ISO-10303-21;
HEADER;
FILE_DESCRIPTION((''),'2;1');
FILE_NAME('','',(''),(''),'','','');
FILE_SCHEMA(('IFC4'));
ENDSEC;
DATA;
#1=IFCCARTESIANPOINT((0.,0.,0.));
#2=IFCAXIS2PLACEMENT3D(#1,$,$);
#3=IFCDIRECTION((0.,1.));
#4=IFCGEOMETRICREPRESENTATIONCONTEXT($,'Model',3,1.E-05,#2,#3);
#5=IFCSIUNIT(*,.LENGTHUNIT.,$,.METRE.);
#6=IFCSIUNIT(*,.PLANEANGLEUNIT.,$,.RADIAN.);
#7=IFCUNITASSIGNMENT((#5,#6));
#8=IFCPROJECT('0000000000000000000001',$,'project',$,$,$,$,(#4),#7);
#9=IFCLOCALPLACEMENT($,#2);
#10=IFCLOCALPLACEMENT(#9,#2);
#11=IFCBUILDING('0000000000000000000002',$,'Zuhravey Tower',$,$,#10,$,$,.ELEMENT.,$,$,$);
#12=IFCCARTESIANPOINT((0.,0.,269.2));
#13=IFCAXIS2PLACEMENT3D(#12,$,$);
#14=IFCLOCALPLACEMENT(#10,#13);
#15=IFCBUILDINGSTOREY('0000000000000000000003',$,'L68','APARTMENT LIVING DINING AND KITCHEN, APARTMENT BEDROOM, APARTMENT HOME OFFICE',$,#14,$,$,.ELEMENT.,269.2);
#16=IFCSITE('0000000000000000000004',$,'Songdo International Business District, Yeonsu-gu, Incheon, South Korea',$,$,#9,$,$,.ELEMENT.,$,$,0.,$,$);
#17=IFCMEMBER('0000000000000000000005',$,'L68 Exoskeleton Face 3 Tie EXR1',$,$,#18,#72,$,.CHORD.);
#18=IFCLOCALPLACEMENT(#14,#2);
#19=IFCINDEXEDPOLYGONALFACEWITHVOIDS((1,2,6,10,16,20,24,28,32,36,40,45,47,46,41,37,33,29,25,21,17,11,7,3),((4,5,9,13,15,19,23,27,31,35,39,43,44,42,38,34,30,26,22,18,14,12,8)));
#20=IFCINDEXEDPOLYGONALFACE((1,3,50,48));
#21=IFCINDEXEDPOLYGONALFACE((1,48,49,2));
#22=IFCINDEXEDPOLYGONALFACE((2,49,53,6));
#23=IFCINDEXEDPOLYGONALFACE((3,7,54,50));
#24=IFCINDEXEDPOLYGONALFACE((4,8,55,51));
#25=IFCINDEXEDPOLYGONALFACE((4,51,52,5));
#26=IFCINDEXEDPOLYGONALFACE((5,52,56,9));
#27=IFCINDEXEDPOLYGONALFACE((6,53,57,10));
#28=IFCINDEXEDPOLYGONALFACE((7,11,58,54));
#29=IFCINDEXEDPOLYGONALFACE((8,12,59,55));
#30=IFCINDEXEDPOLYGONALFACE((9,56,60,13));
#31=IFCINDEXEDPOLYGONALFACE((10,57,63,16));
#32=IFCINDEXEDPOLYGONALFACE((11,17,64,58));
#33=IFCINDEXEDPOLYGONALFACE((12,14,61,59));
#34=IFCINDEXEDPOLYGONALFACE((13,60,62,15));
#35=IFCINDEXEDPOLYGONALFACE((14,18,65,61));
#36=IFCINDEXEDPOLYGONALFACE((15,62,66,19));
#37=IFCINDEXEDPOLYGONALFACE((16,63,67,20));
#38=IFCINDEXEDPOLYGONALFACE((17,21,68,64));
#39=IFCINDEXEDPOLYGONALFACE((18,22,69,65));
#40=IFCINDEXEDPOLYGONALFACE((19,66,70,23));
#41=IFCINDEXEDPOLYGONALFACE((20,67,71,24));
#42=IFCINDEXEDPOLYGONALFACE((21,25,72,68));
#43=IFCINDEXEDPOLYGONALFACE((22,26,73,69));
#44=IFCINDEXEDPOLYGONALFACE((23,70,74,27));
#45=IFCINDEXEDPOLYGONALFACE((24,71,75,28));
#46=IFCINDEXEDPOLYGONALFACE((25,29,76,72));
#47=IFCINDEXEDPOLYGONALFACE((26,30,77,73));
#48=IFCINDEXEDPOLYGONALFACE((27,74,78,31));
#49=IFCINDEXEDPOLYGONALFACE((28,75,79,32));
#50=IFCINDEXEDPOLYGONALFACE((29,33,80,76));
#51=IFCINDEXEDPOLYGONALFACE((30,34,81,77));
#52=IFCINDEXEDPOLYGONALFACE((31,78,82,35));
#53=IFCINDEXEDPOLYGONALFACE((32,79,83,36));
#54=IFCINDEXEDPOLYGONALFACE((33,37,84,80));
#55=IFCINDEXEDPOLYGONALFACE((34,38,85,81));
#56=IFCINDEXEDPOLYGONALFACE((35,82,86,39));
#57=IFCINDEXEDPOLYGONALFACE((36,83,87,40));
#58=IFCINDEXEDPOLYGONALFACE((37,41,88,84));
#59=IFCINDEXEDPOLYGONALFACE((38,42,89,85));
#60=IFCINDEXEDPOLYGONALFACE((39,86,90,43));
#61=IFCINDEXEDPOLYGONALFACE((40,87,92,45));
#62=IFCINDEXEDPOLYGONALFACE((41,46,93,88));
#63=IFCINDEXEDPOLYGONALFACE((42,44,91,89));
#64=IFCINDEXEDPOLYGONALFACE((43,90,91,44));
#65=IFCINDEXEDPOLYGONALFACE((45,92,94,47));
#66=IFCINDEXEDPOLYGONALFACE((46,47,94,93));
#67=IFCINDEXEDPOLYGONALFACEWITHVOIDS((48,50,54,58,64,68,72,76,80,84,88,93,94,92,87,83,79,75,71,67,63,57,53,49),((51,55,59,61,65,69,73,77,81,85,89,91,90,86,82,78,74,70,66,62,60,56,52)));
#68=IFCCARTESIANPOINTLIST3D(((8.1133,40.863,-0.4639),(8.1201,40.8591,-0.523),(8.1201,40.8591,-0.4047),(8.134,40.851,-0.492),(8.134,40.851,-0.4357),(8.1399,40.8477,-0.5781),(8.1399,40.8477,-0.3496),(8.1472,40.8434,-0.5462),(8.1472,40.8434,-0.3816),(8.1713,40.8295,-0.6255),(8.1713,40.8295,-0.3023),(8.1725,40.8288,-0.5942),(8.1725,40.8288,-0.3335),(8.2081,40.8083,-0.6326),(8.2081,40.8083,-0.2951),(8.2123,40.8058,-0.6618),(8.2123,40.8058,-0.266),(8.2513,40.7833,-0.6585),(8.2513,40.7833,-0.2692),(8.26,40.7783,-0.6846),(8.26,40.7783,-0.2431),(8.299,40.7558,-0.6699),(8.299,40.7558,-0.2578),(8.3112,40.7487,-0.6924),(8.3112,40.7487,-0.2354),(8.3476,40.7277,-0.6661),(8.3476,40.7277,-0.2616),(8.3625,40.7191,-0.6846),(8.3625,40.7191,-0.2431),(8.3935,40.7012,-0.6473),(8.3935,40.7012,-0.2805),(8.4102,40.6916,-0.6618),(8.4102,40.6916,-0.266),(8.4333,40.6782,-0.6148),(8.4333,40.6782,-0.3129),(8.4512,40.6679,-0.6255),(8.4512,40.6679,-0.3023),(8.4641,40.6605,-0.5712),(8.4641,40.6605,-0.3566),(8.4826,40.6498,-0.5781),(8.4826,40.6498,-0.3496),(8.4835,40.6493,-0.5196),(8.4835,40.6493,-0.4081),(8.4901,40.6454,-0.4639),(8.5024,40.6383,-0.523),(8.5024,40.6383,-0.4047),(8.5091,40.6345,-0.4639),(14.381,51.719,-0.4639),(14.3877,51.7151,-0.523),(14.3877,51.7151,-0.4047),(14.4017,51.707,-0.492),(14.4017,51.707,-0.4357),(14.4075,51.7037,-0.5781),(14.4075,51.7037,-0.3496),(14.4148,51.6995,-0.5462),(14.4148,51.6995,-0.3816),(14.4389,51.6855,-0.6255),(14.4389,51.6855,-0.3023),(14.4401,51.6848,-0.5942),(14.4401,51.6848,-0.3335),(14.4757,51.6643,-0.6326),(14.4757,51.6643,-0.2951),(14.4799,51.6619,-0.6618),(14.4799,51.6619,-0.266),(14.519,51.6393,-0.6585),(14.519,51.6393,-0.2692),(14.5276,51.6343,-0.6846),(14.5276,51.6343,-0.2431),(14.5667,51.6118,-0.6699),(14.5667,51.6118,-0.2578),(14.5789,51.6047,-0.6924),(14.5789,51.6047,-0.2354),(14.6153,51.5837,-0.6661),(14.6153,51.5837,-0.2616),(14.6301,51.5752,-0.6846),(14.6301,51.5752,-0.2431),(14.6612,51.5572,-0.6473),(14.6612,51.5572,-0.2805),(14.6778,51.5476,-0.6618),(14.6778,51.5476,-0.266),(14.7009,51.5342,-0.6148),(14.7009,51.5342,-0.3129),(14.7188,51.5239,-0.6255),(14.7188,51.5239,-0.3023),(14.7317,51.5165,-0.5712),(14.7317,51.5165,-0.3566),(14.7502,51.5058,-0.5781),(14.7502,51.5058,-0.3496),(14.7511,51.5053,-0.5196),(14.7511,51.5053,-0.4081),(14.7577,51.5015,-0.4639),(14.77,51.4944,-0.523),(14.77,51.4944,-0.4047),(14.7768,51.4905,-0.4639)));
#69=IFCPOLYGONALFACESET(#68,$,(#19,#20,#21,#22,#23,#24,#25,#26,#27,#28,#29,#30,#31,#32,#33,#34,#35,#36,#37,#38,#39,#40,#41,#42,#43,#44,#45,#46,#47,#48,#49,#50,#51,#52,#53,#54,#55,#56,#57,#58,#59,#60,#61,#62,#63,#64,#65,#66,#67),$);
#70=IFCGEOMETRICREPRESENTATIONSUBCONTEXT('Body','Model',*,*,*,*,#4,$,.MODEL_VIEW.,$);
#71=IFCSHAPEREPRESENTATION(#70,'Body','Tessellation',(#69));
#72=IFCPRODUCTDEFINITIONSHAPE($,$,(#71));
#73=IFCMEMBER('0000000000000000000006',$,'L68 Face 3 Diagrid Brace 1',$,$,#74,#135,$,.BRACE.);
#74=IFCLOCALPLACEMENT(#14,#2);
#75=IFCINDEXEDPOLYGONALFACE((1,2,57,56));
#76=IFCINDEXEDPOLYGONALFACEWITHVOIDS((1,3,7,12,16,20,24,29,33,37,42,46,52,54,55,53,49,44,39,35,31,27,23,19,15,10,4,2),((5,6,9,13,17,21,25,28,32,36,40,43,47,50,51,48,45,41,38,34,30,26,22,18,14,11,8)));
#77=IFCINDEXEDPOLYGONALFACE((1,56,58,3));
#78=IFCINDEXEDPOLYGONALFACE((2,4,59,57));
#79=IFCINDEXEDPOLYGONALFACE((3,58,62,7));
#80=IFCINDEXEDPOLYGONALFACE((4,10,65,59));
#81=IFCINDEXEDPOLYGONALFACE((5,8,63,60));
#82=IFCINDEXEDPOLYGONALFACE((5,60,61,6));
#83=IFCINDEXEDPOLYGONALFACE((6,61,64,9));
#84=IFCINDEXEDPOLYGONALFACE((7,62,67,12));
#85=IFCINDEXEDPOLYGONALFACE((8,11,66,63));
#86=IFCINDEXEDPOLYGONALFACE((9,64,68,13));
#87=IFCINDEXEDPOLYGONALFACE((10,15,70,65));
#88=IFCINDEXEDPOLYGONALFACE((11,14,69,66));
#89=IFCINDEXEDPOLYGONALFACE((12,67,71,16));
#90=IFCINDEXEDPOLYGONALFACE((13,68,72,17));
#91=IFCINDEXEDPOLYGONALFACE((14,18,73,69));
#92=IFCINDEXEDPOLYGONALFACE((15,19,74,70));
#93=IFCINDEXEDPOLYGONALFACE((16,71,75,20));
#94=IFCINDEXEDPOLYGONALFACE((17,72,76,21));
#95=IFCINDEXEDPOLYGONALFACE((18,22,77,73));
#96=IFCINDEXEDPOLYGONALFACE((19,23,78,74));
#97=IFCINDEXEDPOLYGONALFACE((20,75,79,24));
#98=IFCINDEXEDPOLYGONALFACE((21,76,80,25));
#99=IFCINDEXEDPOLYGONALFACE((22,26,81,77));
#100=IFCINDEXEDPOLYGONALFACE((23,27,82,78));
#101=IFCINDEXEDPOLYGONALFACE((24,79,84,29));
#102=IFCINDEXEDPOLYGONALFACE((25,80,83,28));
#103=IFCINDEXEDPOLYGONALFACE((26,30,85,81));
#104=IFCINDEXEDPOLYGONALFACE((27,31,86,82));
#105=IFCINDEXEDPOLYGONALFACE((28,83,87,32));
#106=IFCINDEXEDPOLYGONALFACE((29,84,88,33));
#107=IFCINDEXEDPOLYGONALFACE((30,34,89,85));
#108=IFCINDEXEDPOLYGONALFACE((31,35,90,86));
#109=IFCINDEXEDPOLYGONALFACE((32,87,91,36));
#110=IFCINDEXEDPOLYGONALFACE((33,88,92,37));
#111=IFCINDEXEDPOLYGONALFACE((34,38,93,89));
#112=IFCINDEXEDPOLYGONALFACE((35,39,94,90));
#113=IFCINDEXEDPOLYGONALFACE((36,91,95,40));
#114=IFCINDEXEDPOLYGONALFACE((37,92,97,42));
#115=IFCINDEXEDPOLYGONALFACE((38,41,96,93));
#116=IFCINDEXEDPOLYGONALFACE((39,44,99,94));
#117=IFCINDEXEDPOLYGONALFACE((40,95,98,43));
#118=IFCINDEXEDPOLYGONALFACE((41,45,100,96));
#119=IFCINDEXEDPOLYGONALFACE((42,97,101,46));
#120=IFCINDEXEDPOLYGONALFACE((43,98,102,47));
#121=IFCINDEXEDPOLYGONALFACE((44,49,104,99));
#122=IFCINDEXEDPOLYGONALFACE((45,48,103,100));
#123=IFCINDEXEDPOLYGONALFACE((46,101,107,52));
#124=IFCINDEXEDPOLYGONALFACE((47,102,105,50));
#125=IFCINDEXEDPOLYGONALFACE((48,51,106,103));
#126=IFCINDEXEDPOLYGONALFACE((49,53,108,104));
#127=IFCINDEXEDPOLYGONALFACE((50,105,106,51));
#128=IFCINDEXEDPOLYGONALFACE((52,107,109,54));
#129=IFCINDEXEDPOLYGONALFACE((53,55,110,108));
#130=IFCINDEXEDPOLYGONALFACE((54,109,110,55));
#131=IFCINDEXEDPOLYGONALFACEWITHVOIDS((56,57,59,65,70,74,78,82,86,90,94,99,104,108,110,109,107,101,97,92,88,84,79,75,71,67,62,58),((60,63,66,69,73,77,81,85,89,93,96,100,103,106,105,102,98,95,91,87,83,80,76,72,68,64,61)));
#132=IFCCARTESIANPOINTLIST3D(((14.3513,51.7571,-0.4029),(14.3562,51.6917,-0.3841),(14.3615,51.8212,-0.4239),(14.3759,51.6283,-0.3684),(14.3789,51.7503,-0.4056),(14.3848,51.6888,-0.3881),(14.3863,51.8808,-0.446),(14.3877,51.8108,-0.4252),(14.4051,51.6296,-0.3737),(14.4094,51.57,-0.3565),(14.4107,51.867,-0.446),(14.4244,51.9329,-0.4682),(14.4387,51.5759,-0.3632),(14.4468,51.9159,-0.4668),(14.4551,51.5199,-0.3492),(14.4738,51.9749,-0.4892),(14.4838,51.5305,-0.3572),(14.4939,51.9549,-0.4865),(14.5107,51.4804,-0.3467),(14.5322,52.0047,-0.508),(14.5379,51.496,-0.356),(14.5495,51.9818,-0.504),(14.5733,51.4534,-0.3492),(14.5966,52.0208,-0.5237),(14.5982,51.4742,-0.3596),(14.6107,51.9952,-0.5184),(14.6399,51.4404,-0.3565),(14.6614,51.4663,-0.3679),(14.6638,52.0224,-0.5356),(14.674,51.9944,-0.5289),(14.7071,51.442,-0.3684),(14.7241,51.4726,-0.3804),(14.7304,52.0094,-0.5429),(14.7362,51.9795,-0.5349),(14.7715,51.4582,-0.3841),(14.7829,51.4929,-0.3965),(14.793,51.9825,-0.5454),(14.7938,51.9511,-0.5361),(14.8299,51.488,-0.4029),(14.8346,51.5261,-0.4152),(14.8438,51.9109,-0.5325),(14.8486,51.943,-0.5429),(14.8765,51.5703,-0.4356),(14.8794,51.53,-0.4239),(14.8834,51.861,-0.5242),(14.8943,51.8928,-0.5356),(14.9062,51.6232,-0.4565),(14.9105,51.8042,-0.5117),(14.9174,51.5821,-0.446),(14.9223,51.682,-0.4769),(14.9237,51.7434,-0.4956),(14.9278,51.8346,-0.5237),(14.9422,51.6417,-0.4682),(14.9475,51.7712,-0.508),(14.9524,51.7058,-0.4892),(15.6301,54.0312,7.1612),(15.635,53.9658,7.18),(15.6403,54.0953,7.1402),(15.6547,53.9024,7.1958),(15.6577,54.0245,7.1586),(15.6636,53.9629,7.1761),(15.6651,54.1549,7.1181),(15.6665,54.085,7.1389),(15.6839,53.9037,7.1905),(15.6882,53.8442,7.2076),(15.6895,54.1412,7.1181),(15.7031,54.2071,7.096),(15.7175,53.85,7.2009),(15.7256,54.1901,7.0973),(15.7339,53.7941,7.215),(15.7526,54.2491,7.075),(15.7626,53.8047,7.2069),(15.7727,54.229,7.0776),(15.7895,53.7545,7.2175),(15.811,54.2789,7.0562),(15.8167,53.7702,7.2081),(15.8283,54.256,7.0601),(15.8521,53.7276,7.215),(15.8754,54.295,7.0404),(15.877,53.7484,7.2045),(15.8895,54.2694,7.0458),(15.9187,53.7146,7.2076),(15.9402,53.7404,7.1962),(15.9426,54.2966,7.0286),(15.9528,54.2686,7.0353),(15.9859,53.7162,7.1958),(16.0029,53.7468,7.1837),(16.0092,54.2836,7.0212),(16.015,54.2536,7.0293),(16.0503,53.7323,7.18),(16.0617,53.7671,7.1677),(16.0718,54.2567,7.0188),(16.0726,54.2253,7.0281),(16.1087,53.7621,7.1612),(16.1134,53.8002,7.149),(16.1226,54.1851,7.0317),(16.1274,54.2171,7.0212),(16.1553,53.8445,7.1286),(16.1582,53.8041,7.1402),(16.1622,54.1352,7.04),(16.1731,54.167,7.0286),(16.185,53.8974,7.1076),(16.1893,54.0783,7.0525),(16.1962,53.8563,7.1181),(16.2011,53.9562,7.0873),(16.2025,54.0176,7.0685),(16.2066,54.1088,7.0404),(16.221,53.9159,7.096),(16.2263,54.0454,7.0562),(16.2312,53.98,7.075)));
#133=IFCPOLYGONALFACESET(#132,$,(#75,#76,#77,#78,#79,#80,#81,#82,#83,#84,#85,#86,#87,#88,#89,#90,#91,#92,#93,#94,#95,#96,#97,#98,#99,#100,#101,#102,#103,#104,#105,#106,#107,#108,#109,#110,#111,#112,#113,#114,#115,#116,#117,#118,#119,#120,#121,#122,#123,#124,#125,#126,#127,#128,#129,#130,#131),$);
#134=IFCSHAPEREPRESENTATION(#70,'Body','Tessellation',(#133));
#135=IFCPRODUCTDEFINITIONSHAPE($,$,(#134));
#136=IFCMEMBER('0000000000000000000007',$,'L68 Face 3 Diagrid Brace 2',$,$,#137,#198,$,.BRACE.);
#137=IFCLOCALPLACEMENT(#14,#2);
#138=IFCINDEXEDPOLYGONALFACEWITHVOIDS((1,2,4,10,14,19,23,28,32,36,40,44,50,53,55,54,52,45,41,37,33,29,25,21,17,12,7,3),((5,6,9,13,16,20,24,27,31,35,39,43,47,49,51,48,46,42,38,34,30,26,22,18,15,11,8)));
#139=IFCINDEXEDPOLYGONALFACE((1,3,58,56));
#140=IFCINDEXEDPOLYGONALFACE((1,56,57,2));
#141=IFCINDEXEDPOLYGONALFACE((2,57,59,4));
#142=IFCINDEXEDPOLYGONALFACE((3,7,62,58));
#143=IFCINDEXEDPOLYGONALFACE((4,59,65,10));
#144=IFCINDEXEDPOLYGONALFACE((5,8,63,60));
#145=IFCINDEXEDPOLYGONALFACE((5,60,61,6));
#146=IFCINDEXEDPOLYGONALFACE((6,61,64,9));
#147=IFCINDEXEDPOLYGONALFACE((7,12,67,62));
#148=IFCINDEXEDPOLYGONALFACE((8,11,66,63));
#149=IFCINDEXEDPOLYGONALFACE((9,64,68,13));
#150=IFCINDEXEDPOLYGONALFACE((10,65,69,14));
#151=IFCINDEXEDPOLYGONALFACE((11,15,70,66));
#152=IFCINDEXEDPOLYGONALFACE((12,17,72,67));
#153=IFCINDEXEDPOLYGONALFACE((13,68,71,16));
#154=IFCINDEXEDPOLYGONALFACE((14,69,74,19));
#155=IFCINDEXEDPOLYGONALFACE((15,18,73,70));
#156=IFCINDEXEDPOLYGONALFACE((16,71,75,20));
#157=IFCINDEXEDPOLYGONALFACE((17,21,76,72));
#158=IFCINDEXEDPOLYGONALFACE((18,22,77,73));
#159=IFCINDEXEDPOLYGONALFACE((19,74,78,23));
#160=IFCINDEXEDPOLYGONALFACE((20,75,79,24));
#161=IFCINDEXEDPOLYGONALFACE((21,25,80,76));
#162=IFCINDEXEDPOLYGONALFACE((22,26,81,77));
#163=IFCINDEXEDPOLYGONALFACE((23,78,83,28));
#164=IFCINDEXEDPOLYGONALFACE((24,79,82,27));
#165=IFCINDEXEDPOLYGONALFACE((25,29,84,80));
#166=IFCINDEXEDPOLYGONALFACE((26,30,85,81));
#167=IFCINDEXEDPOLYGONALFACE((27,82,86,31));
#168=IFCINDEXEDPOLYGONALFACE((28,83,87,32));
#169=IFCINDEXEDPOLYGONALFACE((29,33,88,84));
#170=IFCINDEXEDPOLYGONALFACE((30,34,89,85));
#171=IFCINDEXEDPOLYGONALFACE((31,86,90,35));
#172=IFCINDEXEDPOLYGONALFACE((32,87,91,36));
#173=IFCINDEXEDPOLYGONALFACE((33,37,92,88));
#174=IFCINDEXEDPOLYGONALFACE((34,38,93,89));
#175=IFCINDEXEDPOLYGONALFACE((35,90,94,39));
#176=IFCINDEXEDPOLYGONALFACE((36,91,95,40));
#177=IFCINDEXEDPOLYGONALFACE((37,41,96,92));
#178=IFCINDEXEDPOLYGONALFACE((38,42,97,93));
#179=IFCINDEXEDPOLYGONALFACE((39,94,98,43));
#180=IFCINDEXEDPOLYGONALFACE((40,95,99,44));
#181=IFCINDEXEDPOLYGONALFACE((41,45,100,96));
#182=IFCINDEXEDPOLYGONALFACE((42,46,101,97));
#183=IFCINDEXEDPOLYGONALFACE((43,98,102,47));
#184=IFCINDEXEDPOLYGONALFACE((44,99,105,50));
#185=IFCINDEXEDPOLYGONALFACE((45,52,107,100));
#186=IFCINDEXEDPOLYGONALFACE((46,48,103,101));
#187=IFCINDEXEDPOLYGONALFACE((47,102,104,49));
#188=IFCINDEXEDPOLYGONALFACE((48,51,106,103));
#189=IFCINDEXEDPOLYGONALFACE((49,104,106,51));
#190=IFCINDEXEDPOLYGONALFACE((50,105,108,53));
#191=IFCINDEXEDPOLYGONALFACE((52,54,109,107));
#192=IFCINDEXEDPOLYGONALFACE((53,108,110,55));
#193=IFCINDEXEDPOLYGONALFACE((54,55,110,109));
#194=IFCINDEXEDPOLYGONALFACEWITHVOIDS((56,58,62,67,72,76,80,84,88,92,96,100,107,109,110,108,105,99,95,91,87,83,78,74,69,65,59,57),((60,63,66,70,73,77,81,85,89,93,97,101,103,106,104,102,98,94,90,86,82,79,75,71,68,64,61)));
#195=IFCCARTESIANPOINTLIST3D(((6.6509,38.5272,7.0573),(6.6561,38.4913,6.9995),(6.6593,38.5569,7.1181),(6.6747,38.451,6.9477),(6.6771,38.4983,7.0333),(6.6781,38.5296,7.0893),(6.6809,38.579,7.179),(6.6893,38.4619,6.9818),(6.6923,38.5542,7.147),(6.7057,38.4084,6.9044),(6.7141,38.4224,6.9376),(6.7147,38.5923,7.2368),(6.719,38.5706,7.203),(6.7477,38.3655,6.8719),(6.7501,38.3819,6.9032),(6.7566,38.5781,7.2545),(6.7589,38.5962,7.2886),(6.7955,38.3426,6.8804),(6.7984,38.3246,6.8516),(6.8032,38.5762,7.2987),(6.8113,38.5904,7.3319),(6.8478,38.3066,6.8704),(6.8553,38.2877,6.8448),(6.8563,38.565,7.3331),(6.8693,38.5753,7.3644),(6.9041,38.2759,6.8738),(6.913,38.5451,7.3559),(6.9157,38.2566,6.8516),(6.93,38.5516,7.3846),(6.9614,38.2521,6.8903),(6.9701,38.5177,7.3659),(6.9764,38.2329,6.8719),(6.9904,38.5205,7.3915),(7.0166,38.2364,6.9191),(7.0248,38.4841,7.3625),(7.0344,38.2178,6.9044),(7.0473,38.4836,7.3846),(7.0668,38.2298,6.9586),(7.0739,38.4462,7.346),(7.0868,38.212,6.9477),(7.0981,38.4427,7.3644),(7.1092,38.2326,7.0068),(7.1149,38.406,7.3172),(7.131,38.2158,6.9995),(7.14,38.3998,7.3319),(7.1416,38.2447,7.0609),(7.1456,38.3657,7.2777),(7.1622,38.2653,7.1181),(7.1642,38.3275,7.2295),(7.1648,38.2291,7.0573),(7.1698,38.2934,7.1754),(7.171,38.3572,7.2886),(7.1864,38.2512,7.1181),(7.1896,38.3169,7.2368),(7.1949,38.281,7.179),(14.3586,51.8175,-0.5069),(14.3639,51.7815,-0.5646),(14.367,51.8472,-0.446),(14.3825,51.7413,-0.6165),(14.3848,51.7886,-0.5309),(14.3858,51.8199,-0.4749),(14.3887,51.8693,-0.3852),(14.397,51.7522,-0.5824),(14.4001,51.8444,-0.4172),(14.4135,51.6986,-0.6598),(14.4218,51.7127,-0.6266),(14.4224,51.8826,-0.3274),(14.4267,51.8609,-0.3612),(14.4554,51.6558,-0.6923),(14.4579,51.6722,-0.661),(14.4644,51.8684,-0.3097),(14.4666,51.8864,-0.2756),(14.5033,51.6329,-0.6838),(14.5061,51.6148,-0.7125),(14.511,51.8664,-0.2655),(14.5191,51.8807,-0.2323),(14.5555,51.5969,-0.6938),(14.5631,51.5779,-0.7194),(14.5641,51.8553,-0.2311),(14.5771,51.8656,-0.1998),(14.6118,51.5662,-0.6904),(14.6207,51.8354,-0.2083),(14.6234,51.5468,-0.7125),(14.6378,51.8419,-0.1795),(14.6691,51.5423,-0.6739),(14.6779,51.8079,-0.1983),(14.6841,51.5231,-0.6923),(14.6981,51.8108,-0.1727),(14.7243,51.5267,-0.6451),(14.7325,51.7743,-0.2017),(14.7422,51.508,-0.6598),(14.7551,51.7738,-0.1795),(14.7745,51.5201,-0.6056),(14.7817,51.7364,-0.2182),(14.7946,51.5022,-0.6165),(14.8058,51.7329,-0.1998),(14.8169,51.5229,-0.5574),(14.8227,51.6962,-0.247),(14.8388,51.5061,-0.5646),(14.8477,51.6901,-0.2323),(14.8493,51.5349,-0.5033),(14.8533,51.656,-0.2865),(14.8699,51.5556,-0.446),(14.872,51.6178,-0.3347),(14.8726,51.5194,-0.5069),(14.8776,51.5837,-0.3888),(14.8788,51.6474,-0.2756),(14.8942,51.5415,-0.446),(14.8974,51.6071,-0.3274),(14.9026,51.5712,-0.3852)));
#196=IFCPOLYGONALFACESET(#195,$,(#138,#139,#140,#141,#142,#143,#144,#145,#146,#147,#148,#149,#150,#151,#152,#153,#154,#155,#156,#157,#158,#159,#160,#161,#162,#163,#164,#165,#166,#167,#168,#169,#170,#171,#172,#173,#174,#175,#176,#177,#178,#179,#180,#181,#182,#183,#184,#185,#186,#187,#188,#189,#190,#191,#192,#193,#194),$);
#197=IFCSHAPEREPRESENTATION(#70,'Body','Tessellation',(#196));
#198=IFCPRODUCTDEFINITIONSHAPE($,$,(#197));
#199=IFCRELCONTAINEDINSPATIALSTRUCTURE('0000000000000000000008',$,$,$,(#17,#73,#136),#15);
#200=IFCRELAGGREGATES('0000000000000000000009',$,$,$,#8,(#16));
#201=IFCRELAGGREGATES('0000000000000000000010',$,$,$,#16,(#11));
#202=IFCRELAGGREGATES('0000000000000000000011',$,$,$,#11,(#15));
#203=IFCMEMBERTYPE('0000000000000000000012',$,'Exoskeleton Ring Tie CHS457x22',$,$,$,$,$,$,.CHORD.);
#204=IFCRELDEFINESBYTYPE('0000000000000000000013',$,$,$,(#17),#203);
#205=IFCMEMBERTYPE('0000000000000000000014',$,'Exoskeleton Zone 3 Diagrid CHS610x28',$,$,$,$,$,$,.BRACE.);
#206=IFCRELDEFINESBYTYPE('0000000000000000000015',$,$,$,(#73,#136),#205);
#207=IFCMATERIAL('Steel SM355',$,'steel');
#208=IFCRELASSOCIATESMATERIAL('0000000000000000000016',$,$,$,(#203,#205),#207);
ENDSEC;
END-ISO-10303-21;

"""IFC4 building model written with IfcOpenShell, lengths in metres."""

from ifc_helpers import new_model, si_unit, direction, frame, origin, origin_2d, place, context, subcontext, project, spatial, hollow_circle, extrude, material, material_profile, profile_set, type_object, element, save


model = new_model("IFC4")

# Units and contexts
model_context = context("Model", 3, precision=1e-05, world=origin(), true_north=direction((0.0, 1.0)))
body_context = subcontext(model_context, "Body", "Model", "MODEL_VIEW")
ifc_project = project(units=[si_unit("LENGTHUNIT", "METRE"), si_unit("PLANEANGLEUNIT", "RADIAN")], contexts=[model_context])

# Site, building, storey
site_placement = place(None, origin())
site = spatial("IfcSite", under=ifc_project, at=site_placement, Name="Songdo International Business District, Yeonsu-gu, Incheon, South Korea", CompositionType="ELEMENT", RefElevation=0.0)
building_placement = place(site_placement, origin())
building = spatial("IfcBuilding", under=site, at=building_placement, Name="Zuhravey Tower", CompositionType="ELEMENT")
storey_placement = place(building_placement, frame((0.0, 0.0, 269.2)))
storey = spatial("IfcBuildingStorey", under=building, at=storey_placement, Name="L68", Description="APARTMENT LIVING DINING AND KITCHEN, APARTMENT BEDROOM, APARTMENT HOME OFFICE", CompositionType="ELEMENT", Elevation=269.2)

# Members
ifc_material_1 = material(Name="Steel SM355", Category="steel")
ifc_material_profile_1 = material_profile(ifc_material_1, hollow_circle(Radius=0.2285, WallThickness=0.022, at=origin_2d()), Name="CHS-457.2x22")
ifc_profile_set_1 = profile_set([ifc_material_profile_1], Name="Steel SM355")
member_type_1 = type_object("IfcMemberType", Name="Exoskeleton Ring Tie CHS457x22", PredefinedType="CHORD", material=ifc_profile_set_1)
member_1_placement = place(storey_placement, frame((14.5789, 51.6047, -0.4639), z_axis=(-0.499993, -0.866029, 0.0), x_axis=(0.866029, -0.499993, 0.0)))
element("IfcMember", 1, at=member_1_placement, inside=storey, type_object=member_type_1, Name="L68 Exoskeleton Face 3 Tie EXR1", PredefinedType="CHORD", context=body_context, shape_type="SweptSolid", body=[
    extrude(hollow_circle(Radius=0.2285, WallThickness=0.022, at=origin_2d()), origin(), (0.0, 0.0, 1.0), 12.5354),
])
ifc_material_profile_2 = material_profile(ifc_material_1, hollow_circle(Radius=0.3047, WallThickness=0.0281, at=origin_2d()), Name="CHS-609.6x28")
ifc_profile_set_2 = profile_set([ifc_material_profile_2], Name="Steel SM355")
member_type_2 = type_object("IfcMemberType", Name="Exoskeleton Zone 3 Diagrid CHS610x28", PredefinedType="BRACE", material=ifc_profile_set_2)
member_2_placement = place(storey_placement, frame((14.6519, 51.7314, -0.446), z_axis=(0.159821, 0.284217, 0.945346), x_axis=(-0.871643, 0.490141, 0.0)))
element("IfcMember", 2, at=member_2_placement, inside=storey, type_object=member_type_2, Name="L68 Face 3 Diagrid Brace 1", PredefinedType="BRACE", context=body_context, shape_type="SweptSolid", body=[
    extrude(hollow_circle(Radius=0.3047, WallThickness=0.0281, at=origin_2d()), origin(), (0.0, 0.0, 1.0), 8.0015),
])
member_3_placement = place(storey_placement, frame((14.6306, 51.6943, -0.446), z_axis=(-0.450094, -0.776084, 0.441711), x_axis=(0.865048, -0.501689, 0.0)))
element("IfcMember", 3, at=member_3_placement, inside=storey, type_object=member_type_2, Name="L68 Face 3 Diagrid Brace 2", PredefinedType="BRACE", context=body_context, shape_type="SweptSolid", body=[
    extrude(hollow_circle(Radius=0.3047, WallThickness=0.0281, at=origin_2d()), origin(), (0.0, 0.0, 1.0), 17.1248),
])

save(model, "model.ifc")
